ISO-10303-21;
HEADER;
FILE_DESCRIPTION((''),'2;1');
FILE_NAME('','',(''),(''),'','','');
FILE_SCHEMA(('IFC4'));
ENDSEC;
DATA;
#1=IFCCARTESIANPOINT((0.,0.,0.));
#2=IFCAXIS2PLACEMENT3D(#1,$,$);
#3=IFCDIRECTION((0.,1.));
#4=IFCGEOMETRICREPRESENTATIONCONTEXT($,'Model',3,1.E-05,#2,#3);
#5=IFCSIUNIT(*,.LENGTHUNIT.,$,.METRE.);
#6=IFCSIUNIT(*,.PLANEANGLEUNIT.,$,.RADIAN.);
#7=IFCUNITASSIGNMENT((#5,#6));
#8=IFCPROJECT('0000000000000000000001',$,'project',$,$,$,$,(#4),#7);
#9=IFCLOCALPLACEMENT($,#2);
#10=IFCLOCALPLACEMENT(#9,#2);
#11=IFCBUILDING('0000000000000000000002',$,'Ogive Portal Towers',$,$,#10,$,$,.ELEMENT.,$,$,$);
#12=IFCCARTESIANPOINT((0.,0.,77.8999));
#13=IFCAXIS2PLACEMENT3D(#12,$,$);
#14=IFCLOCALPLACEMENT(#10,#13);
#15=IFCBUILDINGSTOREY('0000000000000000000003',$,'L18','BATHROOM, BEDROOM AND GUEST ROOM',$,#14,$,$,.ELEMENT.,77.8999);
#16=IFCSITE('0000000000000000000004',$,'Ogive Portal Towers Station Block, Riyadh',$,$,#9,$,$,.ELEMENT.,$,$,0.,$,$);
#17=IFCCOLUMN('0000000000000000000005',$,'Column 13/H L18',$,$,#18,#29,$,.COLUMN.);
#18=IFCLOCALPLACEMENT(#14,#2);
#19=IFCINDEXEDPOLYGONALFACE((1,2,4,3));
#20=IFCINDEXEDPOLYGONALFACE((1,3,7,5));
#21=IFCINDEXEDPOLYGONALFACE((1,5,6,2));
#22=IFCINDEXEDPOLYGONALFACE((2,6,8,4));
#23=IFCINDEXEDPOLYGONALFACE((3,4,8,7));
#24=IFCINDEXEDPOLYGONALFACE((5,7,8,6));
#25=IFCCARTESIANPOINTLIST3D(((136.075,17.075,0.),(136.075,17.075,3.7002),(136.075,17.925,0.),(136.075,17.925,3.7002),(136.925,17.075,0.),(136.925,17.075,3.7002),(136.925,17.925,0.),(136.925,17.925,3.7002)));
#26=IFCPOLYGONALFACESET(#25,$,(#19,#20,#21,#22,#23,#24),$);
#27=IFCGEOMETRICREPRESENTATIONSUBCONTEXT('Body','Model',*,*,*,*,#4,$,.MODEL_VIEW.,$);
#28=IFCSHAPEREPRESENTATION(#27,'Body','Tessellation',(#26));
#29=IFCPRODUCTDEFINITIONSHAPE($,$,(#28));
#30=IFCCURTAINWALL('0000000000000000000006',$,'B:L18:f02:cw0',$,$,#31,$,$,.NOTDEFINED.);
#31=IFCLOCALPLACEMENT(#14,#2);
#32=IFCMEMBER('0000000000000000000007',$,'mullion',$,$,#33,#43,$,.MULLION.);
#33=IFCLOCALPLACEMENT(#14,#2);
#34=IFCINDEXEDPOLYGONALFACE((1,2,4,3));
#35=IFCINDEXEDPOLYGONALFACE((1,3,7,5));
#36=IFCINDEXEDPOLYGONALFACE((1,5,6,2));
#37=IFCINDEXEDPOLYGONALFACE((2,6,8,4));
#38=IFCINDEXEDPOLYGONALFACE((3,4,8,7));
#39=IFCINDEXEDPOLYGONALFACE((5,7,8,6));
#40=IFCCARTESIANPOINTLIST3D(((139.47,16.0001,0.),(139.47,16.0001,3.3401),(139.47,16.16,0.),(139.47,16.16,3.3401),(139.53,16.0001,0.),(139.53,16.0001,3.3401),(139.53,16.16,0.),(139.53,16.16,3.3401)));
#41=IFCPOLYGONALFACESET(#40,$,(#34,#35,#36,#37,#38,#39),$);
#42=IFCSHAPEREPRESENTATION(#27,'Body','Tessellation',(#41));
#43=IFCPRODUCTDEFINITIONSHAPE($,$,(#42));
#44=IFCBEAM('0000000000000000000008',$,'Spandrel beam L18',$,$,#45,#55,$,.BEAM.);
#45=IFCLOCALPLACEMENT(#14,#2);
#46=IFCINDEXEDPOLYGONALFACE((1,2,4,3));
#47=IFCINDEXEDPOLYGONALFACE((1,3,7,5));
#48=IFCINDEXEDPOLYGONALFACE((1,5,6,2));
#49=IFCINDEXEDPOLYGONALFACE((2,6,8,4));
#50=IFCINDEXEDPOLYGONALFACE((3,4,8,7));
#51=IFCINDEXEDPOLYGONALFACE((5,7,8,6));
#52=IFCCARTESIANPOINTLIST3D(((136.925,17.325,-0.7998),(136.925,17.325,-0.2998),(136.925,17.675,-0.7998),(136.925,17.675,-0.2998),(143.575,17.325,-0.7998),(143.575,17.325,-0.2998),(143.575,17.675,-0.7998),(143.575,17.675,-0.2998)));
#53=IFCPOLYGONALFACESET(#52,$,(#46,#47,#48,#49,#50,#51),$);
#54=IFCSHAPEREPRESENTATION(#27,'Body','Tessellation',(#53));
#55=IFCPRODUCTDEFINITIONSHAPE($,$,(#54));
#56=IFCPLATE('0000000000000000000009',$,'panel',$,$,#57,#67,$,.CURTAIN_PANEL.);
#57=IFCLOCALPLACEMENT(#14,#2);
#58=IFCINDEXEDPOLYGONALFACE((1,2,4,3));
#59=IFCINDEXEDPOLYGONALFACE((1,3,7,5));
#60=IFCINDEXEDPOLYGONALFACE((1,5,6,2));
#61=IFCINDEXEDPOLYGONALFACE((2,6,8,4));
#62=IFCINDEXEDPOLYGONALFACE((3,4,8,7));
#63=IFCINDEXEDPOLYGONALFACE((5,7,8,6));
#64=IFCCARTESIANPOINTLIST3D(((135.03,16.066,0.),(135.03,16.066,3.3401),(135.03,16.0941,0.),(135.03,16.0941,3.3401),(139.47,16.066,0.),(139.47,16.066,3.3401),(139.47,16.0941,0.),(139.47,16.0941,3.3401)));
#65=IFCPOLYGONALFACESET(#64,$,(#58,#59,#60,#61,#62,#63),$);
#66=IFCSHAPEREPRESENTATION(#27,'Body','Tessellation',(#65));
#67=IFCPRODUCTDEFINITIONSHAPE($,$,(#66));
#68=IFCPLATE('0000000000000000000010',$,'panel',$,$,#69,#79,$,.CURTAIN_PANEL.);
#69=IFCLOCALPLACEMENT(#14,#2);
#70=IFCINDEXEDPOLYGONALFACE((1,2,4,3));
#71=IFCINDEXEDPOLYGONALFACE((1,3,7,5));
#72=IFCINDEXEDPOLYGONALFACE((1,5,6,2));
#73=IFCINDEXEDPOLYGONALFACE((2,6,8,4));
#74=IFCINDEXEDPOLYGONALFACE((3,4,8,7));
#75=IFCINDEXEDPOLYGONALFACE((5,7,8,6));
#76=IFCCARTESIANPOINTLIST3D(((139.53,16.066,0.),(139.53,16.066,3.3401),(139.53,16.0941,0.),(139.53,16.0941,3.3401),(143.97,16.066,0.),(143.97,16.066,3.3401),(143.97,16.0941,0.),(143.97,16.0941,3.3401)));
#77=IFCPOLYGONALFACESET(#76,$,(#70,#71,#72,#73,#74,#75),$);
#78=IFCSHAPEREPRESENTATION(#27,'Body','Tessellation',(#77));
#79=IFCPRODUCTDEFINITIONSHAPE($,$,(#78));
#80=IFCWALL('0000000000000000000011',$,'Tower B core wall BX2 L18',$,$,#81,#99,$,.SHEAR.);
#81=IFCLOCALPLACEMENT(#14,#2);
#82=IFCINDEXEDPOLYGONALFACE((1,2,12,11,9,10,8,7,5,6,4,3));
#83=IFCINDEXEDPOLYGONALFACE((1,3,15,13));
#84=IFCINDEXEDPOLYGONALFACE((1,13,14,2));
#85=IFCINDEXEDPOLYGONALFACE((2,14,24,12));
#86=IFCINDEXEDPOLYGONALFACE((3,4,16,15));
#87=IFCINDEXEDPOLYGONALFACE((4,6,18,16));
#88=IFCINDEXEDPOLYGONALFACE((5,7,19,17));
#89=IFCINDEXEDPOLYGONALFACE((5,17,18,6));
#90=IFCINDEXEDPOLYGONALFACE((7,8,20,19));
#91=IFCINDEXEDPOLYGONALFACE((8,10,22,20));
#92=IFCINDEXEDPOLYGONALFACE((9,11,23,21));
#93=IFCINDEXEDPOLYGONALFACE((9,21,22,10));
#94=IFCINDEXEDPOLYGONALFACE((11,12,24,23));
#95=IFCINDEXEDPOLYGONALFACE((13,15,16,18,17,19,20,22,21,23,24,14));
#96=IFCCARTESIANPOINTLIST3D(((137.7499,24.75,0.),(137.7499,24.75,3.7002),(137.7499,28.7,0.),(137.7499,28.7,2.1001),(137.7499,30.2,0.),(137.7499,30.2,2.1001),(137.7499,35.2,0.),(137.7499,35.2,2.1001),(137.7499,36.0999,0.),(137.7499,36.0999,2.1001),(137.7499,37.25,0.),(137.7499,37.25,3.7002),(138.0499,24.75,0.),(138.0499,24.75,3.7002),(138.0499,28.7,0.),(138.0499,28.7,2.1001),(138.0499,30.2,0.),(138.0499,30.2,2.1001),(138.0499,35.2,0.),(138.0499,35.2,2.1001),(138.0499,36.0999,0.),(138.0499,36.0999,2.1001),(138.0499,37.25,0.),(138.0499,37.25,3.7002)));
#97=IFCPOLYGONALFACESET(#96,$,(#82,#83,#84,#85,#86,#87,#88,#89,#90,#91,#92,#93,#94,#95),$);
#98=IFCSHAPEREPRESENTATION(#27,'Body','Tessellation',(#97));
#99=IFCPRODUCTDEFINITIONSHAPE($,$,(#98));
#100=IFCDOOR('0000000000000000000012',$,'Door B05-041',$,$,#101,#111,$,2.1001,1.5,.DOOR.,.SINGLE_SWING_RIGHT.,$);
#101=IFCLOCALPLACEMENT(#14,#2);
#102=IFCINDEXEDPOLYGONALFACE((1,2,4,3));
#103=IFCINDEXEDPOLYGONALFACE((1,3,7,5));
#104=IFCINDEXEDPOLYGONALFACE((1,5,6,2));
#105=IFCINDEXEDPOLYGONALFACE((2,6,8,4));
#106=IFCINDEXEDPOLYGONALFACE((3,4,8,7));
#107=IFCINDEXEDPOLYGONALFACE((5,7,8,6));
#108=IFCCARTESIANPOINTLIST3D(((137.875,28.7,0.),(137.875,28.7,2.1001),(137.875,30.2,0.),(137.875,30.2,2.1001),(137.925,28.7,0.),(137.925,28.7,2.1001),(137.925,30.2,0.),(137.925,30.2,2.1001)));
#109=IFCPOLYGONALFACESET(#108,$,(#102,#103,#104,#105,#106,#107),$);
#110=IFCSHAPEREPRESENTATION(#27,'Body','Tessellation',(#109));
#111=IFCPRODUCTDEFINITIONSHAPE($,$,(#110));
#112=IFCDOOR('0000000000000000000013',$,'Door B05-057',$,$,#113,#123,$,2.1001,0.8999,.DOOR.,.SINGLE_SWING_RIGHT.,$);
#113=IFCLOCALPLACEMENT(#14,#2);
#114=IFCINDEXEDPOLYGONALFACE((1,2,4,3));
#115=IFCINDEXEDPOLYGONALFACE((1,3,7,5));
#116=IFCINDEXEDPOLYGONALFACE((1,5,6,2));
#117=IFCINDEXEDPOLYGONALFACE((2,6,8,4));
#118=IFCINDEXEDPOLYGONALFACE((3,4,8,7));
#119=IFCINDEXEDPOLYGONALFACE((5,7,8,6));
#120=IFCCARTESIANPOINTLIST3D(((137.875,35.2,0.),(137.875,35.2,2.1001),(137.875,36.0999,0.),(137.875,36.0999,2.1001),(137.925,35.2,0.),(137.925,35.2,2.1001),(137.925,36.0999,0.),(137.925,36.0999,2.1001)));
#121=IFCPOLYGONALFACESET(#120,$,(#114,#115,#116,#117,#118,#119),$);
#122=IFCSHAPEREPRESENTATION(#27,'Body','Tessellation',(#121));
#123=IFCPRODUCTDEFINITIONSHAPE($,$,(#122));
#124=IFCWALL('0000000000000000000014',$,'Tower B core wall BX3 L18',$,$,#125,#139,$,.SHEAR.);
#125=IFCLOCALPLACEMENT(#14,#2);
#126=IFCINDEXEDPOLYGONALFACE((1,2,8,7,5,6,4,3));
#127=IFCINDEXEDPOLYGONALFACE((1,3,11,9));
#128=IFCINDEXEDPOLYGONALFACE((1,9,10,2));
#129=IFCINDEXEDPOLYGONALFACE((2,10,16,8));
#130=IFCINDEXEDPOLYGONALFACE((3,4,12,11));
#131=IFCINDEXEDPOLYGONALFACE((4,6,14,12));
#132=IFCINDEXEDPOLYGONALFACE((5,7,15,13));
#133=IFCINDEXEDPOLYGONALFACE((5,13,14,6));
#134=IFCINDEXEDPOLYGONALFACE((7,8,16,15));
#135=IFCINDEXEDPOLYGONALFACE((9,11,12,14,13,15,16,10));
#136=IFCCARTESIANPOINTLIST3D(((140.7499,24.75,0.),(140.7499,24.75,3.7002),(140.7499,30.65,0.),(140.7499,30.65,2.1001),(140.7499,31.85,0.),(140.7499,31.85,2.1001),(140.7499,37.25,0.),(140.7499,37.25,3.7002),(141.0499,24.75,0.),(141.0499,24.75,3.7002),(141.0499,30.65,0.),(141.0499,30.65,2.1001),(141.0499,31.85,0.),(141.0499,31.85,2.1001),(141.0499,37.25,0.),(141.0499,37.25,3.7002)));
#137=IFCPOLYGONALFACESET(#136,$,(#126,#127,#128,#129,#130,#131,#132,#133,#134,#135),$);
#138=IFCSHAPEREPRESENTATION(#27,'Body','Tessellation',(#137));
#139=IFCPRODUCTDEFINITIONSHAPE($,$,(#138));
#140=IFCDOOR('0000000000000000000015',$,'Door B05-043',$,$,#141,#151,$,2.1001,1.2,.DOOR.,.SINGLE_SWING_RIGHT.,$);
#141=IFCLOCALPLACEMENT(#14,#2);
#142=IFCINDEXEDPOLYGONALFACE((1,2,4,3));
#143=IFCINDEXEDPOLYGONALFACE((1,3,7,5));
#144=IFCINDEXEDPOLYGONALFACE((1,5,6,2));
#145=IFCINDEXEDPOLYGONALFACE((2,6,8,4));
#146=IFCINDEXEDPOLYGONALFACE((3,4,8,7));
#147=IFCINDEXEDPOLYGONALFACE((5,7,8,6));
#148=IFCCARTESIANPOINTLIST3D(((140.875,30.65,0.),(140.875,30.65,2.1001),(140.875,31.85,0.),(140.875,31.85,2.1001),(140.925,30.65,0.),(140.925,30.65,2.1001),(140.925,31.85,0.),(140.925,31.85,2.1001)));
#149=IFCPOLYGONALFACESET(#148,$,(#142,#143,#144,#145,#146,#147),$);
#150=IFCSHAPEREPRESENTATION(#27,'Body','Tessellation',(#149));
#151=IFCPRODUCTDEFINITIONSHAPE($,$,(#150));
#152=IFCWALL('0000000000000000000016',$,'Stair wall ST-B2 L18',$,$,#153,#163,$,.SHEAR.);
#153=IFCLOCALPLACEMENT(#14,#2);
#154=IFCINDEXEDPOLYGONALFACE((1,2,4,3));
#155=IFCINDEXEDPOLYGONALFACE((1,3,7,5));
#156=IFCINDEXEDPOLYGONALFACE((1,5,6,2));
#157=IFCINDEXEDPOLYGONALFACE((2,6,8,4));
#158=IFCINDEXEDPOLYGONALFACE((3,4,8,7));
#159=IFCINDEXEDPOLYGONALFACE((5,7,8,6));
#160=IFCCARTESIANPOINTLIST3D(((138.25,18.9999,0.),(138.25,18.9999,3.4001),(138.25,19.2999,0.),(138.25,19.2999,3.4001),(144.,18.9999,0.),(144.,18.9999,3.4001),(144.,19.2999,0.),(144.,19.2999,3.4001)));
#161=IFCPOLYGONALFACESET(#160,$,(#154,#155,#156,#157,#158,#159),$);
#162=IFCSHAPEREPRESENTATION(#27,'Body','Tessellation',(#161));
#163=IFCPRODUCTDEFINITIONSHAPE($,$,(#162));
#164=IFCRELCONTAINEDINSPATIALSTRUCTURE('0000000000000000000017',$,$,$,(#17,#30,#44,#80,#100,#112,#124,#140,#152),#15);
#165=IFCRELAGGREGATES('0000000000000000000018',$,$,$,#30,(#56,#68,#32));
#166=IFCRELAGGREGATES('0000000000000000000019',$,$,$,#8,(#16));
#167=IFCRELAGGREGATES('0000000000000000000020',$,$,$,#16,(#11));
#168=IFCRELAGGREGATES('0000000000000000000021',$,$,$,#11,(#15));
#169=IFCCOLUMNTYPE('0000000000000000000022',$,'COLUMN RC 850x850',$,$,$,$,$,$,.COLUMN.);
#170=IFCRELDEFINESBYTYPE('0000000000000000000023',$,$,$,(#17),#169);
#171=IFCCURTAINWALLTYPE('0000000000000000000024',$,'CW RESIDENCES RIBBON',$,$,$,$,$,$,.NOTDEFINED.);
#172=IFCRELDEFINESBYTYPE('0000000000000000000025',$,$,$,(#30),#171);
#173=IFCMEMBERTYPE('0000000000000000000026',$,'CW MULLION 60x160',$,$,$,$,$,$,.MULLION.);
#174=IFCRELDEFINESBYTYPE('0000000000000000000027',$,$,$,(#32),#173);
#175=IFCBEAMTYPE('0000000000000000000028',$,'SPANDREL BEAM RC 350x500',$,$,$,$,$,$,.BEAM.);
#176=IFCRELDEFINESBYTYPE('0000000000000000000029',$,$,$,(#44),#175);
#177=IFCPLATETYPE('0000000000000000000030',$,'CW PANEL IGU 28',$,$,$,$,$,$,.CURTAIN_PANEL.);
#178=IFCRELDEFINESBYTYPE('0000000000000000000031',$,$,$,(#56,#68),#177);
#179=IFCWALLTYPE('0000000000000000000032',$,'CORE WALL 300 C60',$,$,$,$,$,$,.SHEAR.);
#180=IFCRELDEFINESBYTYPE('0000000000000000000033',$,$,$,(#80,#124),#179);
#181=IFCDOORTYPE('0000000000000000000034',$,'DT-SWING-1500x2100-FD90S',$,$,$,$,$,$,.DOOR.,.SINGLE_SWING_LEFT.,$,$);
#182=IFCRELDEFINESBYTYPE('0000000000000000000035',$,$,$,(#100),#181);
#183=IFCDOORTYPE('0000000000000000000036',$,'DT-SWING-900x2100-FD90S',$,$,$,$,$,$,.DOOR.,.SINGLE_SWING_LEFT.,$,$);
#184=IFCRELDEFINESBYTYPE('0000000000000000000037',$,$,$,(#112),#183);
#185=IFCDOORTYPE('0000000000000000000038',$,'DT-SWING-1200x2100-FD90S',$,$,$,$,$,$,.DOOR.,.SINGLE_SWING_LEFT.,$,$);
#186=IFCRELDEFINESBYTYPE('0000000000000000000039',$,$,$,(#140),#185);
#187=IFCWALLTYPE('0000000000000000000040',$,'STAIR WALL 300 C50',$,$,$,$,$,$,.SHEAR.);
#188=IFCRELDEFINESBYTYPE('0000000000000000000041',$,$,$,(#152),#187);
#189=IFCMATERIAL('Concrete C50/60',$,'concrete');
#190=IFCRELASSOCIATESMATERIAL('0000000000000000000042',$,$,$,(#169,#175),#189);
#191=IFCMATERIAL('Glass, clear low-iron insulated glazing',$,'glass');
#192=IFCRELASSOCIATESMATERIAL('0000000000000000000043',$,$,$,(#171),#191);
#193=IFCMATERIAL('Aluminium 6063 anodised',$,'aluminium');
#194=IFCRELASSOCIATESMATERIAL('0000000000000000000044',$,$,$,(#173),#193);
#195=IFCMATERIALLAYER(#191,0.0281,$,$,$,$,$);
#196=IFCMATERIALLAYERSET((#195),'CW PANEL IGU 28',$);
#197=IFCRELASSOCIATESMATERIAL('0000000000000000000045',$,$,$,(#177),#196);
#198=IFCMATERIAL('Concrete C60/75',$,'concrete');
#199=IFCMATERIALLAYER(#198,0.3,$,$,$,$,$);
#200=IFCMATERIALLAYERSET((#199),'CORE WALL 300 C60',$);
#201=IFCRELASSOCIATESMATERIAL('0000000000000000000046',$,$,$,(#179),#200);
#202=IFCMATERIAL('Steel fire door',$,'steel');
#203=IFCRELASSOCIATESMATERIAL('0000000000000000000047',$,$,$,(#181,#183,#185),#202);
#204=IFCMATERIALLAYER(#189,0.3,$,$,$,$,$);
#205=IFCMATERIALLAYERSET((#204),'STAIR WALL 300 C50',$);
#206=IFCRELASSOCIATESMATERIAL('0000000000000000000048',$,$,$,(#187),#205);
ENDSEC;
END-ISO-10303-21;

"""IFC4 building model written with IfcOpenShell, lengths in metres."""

from ifc_helpers import new_model, si_unit, direction, frame, frame_2d, origin, origin_2d, place, context, subcontext, project, spatial, rectangle, extrude, material, layer, layer_set, material_profile, profile_set, type_object, element, fill, aggregate, save


model = new_model("IFC4")

# Units and contexts
model_context = context("Model", 3, precision=1e-05, world=origin(), true_north=direction((0.0, 1.0)))
body_context = subcontext(model_context, "Body", "Model", "MODEL_VIEW")
ifc_project = project(units=[si_unit("LENGTHUNIT", "METRE"), si_unit("PLANEANGLEUNIT", "RADIAN")], contexts=[model_context])

# Site, building, storey
site_placement = place(None, origin())
site = spatial("IfcSite", under=ifc_project, at=site_placement, Name="Ogive Portal Towers Station Block, Riyadh", CompositionType="ELEMENT", RefElevation=0.0)
building_placement = place(site_placement, origin())
building = spatial("IfcBuilding", under=site, at=building_placement, Name="Ogive Portal Towers", CompositionType="ELEMENT")
storey_placement = place(building_placement, frame((0.0, 0.0, 77.8999)))
storey = spatial("IfcBuildingStorey", under=building, at=storey_placement, Name="L18", Description="BATHROOM, BEDROOM AND GUEST ROOM", CompositionType="ELEMENT", Elevation=77.8999)

# Column
ifc_material_1 = material(Name="Concrete C50/60", Category="concrete")
ifc_material_profile_1 = material_profile(ifc_material_1, rectangle(XDim=0.8501, YDim=0.8501, at=origin_2d()), Name="RC 850x850")
ifc_profile_set_1 = profile_set([ifc_material_profile_1], Name="Concrete C50/60")
column_type = type_object("IfcColumnType", Name="COLUMN RC 850x850", PredefinedType="COLUMN", material=ifc_profile_set_1)
column_placement = place(storey_placement, frame((136.5, 17.5, 0.0), z_axis=(0.0, 0.0, 1.0), x_axis=(1.0, 0.0, 0.0)))
element("IfcColumn", 1, at=column_placement, inside=storey, type_object=column_type, Name="Column 13/H L18", PredefinedType="COLUMN", context=body_context, shape_type="SweptSolid", body=[
    extrude(rectangle(XDim=0.8501, YDim=0.8501, at=origin_2d()), origin(), (0.0, 0.0, 1.0), 3.7002),
])

# Curtain wall, member
ifc_material_2 = material(Name="Glass, clear low-iron insulated glazing", Category="glass")
curtain_wall_type = type_object("IfcCurtainWallType", Name="CW RESIDENCES RIBBON", PredefinedType="NOTDEFINED", material=ifc_material_2)
curtain_wall_placement = place(storey_placement, origin())
curtain_wall = element("IfcCurtainWall", 2, at=curtain_wall_placement, inside=storey, type_object=curtain_wall_type, Name="B:L18:f02:cw0", PredefinedType="NOTDEFINED")
ifc_material_3 = material(Name="Aluminium 6063 anodised", Category="aluminium")
ifc_material_profile_2 = material_profile(ifc_material_3, rectangle(XDim=0.1599, YDim=0.0601, at=origin_2d()), Name="AL 60x160")
ifc_profile_set_2 = profile_set([ifc_material_profile_2], Name="Aluminium 6063 anodised")
member_type = type_object("IfcMemberType", Name="CW MULLION 60x160", PredefinedType="MULLION", material=ifc_profile_set_2)
member_placement = place(storey_placement, frame((139.5, 16.0801, 0.0), z_axis=(0.0, 0.0, 1.0), x_axis=(0.0, 1.0, 0.0)))
member = element("IfcMember", 3, at=member_placement, type_object=member_type, Name="mullion", PredefinedType="MULLION", context=body_context, shape_type="SweptSolid", body=[
    extrude(rectangle(XDim=0.1599, YDim=0.0601, at=origin_2d()), origin(), (0.0, 0.0, 1.0), 3.3401),
])

# Beam
ifc_material_profile_3 = material_profile(ifc_material_1, rectangle(XDim=0.3501, YDim=0.5, at=origin_2d()), Name="RC 350x500")
ifc_profile_set_3 = profile_set([ifc_material_profile_3], Name="Concrete C50/60")
beam_type = type_object("IfcBeamType", Name="SPANDREL BEAM RC 350x500", PredefinedType="BEAM", material=ifc_profile_set_3)
beam_placement = place(storey_placement, frame((136.925, 17.5, -0.5498), z_axis=(1.0, 0.0, 0.0), x_axis=(0.0, 1.0, 0.0)))
element("IfcBeam", 4, at=beam_placement, inside=storey, type_object=beam_type, Name="Spandrel beam L18", PredefinedType="BEAM", context=body_context, shape_type="SweptSolid", body=[
    extrude(rectangle(XDim=0.3501, YDim=0.5, at=origin_2d()), origin(), (0.0, 0.0, 1.0), 6.6499),
])

# Plates
ifc_layer_1 = layer(ifc_material_2, 0.0281)
ifc_layer_set_1 = layer_set([ifc_layer_1], Name="CW PANEL IGU 28")
plate_type = type_object("IfcPlateType", Name="CW PANEL IGU 28", PredefinedType="CURTAIN_PANEL", material=ifc_layer_set_1)
plate_1_placement = place(storey_placement, frame((137.25, 16.0801, 0.0), z_axis=(0.0, 0.0, 1.0), x_axis=(1.0, 0.0, 0.0)))
plate_1 = element("IfcPlate", 5, at=plate_1_placement, type_object=plate_type, Name="panel", PredefinedType="CURTAIN_PANEL", context=body_context, shape_type="SweptSolid", body=[
    extrude(rectangle(XDim=4.4399, YDim=0.0281, at=origin_2d()), origin(), (0.0, 0.0, 1.0), 3.3401),
])
plate_2_placement = place(storey_placement, frame((141.75, 16.0801, 0.0), z_axis=(0.0, 0.0, 1.0), x_axis=(1.0, 0.0, 0.0)))
plate_2 = element("IfcPlate", 6, at=plate_2_placement, type_object=plate_type, Name="panel", PredefinedType="CURTAIN_PANEL", context=body_context, shape_type="SweptSolid", body=[
    extrude(rectangle(XDim=4.4399, YDim=0.0281, at=origin_2d()), origin(), (0.0, 0.0, 1.0), 3.3401),
])
aggregate(curtain_wall, [plate_1, plate_2, member])

# Wall, openings, doors
ifc_material_4 = material(Name="Concrete C60/75", Category="concrete")
ifc_layer_2 = layer(ifc_material_4, 0.3)
ifc_layer_set_2 = layer_set([ifc_layer_2], Name="CORE WALL 300 C60")
wall_type_1 = type_object("IfcWallType", Name="CORE WALL 300 C60", PredefinedType="SHEAR", material=ifc_layer_set_2)
wall_1_placement = place(storey_placement, frame((137.8999, 24.75, 0.0), z_axis=(0.0, 0.0, 1.0), x_axis=(0.0, 1.0, 0.0)))
wall_1 = element("IfcWall", 7, at=wall_1_placement, inside=storey, type_object=wall_type_1, Name="Tower B core wall BX2 L18", PredefinedType="SHEAR", context=body_context, shape_type="SweptSolid", body=[
    extrude(rectangle(XDim=12.5, YDim=0.3, at=frame_2d((6.25, 0.0))), origin(), (0.0, 0.0, 1.0), 3.7002),
])
opening_1_placement = place(wall_1_placement, frame((3.95, 0.0, 0.0)))
opening_1 = element("IfcOpeningElement", 8, at=opening_1_placement, cuts=wall_1, PredefinedType="OPENING", context=body_context, shape_type="SweptSolid", body=[
    extrude(rectangle(XDim=1.5, YDim=2.1001, at=frame_2d((0.75, 1.05))), frame((0.0, 0.1602, 0.0), z_axis=(0.0, -1.0, 0.0), x_axis=(1.0, 0.0, 0.0)), (0.0, 0.0, 1.0), 0.3201),
])
opening_2_placement = place(wall_1_placement, frame((10.45, 0.0, 0.0)))
opening_2 = element("IfcOpeningElement", 9, at=opening_2_placement, cuts=wall_1, PredefinedType="OPENING", context=body_context, shape_type="SweptSolid", body=[
    extrude(rectangle(XDim=0.8999, YDim=2.1001, at=frame_2d((0.45, 1.05))), frame((0.0, 0.1602, 0.0), z_axis=(0.0, -1.0, 0.0), x_axis=(1.0, 0.0, 0.0)), (0.0, 0.0, 1.0), 0.3201),
])
ifc_material_5 = material(Name="Steel fire door", Category="steel")
door_type_1 = type_object("IfcDoorType", Name="DT-SWING-1500x2100-FD90S", OperationType="SINGLE_SWING_LEFT", PredefinedType="DOOR", material=ifc_material_5)
door_1_placement = place(opening_1_placement, origin())
door_1 = element("IfcDoor", 10, at=door_1_placement, inside=storey, type_object=door_type_1, Name="Door B05-041", OperationType="SINGLE_SWING_RIGHT", OverallHeight=2.1001, OverallWidth=1.5, PredefinedType="DOOR", context=body_context, shape_type="SweptSolid", body=[
    extrude(rectangle(XDim=1.5, YDim=2.1001, at=frame_2d((0.75, 1.05))), frame((0.0, 0.0249, 0.0), z_axis=(0.0, -1.0, 0.0), x_axis=(1.0, 0.0, 0.0)), (0.0, 0.0, 1.0), 0.05),
])
fill(opening_1, door_1)
door_type_2 = type_object("IfcDoorType", Name="DT-SWING-900x2100-FD90S", OperationType="SINGLE_SWING_LEFT", PredefinedType="DOOR", material=ifc_material_5)
door_2_placement = place(opening_2_placement, origin())
door_2 = element("IfcDoor", 11, at=door_2_placement, inside=storey, type_object=door_type_2, Name="Door B05-057", OperationType="SINGLE_SWING_RIGHT", OverallHeight=2.1001, OverallWidth=0.8999, PredefinedType="DOOR", context=body_context, shape_type="SweptSolid", body=[
    extrude(rectangle(XDim=0.8999, YDim=2.1001, at=frame_2d((0.45, 1.05))), frame((0.0, 0.0249, 0.0), z_axis=(0.0, -1.0, 0.0), x_axis=(1.0, 0.0, 0.0)), (0.0, 0.0, 1.0), 0.05),
])
fill(opening_2, door_2)

# Wall, opening, door
wall_2_placement = place(storey_placement, frame((140.8999, 24.75, 0.0), z_axis=(0.0, 0.0, 1.0), x_axis=(0.0, 1.0, 0.0)))
wall_2 = element("IfcWall", 12, at=wall_2_placement, inside=storey, type_object=wall_type_1, Name="Tower B core wall BX3 L18", PredefinedType="SHEAR", context=body_context, shape_type="SweptSolid", body=[
    extrude(rectangle(XDim=12.5, YDim=0.3, at=frame_2d((6.25, 0.0))), origin(), (0.0, 0.0, 1.0), 3.7002),
])
opening_3_placement = place(wall_2_placement, frame((5.8999, 0.0, 0.0)))
opening_3 = element("IfcOpeningElement", 13, at=opening_3_placement, cuts=wall_2, PredefinedType="OPENING", context=body_context, shape_type="SweptSolid", body=[
    extrude(rectangle(XDim=1.2, YDim=2.1001, at=frame_2d((0.6001, 1.05))), frame((0.0, 0.1602, 0.0), z_axis=(0.0, -1.0, 0.0), x_axis=(1.0, 0.0, 0.0)), (0.0, 0.0, 1.0), 0.3201),
])
door_type_3 = type_object("IfcDoorType", Name="DT-SWING-1200x2100-FD90S", OperationType="SINGLE_SWING_LEFT", PredefinedType="DOOR", material=ifc_material_5)
door_3_placement = place(opening_3_placement, origin())
door_3 = element("IfcDoor", 14, at=door_3_placement, inside=storey, type_object=door_type_3, Name="Door B05-043", OperationType="SINGLE_SWING_RIGHT", OverallHeight=2.1001, OverallWidth=1.2, PredefinedType="DOOR", context=body_context, shape_type="SweptSolid", body=[
    extrude(rectangle(XDim=1.2, YDim=2.1001, at=frame_2d((0.6001, 1.05))), frame((0.0, 0.0249, 0.0), z_axis=(0.0, -1.0, 0.0), x_axis=(1.0, 0.0, 0.0)), (0.0, 0.0, 1.0), 0.05),
])
fill(opening_3, door_3)

# Wall
ifc_layer_3 = layer(ifc_material_1, 0.3)
ifc_layer_set_3 = layer_set([ifc_layer_3], Name="STAIR WALL 300 C50")
wall_type_2 = type_object("IfcWallType", Name="STAIR WALL 300 C50", PredefinedType="SHEAR", material=ifc_layer_set_3)
wall_3_placement = place(storey_placement, frame((138.25, 19.1499, 0.0), z_axis=(0.0, 0.0, 1.0), x_axis=(1.0, 0.0, 0.0)))
element("IfcWall", 15, at=wall_3_placement, inside=storey, type_object=wall_type_2, Name="Stair wall ST-B2 L18", PredefinedType="SHEAR", context=body_context, shape_type="SweptSolid", body=[
    extrude(rectangle(XDim=5.75, YDim=0.3, at=frame_2d((2.875, 0.0))), origin(), (0.0, 0.0, 1.0), 3.4001),
])

save(model, "model.ifc")
